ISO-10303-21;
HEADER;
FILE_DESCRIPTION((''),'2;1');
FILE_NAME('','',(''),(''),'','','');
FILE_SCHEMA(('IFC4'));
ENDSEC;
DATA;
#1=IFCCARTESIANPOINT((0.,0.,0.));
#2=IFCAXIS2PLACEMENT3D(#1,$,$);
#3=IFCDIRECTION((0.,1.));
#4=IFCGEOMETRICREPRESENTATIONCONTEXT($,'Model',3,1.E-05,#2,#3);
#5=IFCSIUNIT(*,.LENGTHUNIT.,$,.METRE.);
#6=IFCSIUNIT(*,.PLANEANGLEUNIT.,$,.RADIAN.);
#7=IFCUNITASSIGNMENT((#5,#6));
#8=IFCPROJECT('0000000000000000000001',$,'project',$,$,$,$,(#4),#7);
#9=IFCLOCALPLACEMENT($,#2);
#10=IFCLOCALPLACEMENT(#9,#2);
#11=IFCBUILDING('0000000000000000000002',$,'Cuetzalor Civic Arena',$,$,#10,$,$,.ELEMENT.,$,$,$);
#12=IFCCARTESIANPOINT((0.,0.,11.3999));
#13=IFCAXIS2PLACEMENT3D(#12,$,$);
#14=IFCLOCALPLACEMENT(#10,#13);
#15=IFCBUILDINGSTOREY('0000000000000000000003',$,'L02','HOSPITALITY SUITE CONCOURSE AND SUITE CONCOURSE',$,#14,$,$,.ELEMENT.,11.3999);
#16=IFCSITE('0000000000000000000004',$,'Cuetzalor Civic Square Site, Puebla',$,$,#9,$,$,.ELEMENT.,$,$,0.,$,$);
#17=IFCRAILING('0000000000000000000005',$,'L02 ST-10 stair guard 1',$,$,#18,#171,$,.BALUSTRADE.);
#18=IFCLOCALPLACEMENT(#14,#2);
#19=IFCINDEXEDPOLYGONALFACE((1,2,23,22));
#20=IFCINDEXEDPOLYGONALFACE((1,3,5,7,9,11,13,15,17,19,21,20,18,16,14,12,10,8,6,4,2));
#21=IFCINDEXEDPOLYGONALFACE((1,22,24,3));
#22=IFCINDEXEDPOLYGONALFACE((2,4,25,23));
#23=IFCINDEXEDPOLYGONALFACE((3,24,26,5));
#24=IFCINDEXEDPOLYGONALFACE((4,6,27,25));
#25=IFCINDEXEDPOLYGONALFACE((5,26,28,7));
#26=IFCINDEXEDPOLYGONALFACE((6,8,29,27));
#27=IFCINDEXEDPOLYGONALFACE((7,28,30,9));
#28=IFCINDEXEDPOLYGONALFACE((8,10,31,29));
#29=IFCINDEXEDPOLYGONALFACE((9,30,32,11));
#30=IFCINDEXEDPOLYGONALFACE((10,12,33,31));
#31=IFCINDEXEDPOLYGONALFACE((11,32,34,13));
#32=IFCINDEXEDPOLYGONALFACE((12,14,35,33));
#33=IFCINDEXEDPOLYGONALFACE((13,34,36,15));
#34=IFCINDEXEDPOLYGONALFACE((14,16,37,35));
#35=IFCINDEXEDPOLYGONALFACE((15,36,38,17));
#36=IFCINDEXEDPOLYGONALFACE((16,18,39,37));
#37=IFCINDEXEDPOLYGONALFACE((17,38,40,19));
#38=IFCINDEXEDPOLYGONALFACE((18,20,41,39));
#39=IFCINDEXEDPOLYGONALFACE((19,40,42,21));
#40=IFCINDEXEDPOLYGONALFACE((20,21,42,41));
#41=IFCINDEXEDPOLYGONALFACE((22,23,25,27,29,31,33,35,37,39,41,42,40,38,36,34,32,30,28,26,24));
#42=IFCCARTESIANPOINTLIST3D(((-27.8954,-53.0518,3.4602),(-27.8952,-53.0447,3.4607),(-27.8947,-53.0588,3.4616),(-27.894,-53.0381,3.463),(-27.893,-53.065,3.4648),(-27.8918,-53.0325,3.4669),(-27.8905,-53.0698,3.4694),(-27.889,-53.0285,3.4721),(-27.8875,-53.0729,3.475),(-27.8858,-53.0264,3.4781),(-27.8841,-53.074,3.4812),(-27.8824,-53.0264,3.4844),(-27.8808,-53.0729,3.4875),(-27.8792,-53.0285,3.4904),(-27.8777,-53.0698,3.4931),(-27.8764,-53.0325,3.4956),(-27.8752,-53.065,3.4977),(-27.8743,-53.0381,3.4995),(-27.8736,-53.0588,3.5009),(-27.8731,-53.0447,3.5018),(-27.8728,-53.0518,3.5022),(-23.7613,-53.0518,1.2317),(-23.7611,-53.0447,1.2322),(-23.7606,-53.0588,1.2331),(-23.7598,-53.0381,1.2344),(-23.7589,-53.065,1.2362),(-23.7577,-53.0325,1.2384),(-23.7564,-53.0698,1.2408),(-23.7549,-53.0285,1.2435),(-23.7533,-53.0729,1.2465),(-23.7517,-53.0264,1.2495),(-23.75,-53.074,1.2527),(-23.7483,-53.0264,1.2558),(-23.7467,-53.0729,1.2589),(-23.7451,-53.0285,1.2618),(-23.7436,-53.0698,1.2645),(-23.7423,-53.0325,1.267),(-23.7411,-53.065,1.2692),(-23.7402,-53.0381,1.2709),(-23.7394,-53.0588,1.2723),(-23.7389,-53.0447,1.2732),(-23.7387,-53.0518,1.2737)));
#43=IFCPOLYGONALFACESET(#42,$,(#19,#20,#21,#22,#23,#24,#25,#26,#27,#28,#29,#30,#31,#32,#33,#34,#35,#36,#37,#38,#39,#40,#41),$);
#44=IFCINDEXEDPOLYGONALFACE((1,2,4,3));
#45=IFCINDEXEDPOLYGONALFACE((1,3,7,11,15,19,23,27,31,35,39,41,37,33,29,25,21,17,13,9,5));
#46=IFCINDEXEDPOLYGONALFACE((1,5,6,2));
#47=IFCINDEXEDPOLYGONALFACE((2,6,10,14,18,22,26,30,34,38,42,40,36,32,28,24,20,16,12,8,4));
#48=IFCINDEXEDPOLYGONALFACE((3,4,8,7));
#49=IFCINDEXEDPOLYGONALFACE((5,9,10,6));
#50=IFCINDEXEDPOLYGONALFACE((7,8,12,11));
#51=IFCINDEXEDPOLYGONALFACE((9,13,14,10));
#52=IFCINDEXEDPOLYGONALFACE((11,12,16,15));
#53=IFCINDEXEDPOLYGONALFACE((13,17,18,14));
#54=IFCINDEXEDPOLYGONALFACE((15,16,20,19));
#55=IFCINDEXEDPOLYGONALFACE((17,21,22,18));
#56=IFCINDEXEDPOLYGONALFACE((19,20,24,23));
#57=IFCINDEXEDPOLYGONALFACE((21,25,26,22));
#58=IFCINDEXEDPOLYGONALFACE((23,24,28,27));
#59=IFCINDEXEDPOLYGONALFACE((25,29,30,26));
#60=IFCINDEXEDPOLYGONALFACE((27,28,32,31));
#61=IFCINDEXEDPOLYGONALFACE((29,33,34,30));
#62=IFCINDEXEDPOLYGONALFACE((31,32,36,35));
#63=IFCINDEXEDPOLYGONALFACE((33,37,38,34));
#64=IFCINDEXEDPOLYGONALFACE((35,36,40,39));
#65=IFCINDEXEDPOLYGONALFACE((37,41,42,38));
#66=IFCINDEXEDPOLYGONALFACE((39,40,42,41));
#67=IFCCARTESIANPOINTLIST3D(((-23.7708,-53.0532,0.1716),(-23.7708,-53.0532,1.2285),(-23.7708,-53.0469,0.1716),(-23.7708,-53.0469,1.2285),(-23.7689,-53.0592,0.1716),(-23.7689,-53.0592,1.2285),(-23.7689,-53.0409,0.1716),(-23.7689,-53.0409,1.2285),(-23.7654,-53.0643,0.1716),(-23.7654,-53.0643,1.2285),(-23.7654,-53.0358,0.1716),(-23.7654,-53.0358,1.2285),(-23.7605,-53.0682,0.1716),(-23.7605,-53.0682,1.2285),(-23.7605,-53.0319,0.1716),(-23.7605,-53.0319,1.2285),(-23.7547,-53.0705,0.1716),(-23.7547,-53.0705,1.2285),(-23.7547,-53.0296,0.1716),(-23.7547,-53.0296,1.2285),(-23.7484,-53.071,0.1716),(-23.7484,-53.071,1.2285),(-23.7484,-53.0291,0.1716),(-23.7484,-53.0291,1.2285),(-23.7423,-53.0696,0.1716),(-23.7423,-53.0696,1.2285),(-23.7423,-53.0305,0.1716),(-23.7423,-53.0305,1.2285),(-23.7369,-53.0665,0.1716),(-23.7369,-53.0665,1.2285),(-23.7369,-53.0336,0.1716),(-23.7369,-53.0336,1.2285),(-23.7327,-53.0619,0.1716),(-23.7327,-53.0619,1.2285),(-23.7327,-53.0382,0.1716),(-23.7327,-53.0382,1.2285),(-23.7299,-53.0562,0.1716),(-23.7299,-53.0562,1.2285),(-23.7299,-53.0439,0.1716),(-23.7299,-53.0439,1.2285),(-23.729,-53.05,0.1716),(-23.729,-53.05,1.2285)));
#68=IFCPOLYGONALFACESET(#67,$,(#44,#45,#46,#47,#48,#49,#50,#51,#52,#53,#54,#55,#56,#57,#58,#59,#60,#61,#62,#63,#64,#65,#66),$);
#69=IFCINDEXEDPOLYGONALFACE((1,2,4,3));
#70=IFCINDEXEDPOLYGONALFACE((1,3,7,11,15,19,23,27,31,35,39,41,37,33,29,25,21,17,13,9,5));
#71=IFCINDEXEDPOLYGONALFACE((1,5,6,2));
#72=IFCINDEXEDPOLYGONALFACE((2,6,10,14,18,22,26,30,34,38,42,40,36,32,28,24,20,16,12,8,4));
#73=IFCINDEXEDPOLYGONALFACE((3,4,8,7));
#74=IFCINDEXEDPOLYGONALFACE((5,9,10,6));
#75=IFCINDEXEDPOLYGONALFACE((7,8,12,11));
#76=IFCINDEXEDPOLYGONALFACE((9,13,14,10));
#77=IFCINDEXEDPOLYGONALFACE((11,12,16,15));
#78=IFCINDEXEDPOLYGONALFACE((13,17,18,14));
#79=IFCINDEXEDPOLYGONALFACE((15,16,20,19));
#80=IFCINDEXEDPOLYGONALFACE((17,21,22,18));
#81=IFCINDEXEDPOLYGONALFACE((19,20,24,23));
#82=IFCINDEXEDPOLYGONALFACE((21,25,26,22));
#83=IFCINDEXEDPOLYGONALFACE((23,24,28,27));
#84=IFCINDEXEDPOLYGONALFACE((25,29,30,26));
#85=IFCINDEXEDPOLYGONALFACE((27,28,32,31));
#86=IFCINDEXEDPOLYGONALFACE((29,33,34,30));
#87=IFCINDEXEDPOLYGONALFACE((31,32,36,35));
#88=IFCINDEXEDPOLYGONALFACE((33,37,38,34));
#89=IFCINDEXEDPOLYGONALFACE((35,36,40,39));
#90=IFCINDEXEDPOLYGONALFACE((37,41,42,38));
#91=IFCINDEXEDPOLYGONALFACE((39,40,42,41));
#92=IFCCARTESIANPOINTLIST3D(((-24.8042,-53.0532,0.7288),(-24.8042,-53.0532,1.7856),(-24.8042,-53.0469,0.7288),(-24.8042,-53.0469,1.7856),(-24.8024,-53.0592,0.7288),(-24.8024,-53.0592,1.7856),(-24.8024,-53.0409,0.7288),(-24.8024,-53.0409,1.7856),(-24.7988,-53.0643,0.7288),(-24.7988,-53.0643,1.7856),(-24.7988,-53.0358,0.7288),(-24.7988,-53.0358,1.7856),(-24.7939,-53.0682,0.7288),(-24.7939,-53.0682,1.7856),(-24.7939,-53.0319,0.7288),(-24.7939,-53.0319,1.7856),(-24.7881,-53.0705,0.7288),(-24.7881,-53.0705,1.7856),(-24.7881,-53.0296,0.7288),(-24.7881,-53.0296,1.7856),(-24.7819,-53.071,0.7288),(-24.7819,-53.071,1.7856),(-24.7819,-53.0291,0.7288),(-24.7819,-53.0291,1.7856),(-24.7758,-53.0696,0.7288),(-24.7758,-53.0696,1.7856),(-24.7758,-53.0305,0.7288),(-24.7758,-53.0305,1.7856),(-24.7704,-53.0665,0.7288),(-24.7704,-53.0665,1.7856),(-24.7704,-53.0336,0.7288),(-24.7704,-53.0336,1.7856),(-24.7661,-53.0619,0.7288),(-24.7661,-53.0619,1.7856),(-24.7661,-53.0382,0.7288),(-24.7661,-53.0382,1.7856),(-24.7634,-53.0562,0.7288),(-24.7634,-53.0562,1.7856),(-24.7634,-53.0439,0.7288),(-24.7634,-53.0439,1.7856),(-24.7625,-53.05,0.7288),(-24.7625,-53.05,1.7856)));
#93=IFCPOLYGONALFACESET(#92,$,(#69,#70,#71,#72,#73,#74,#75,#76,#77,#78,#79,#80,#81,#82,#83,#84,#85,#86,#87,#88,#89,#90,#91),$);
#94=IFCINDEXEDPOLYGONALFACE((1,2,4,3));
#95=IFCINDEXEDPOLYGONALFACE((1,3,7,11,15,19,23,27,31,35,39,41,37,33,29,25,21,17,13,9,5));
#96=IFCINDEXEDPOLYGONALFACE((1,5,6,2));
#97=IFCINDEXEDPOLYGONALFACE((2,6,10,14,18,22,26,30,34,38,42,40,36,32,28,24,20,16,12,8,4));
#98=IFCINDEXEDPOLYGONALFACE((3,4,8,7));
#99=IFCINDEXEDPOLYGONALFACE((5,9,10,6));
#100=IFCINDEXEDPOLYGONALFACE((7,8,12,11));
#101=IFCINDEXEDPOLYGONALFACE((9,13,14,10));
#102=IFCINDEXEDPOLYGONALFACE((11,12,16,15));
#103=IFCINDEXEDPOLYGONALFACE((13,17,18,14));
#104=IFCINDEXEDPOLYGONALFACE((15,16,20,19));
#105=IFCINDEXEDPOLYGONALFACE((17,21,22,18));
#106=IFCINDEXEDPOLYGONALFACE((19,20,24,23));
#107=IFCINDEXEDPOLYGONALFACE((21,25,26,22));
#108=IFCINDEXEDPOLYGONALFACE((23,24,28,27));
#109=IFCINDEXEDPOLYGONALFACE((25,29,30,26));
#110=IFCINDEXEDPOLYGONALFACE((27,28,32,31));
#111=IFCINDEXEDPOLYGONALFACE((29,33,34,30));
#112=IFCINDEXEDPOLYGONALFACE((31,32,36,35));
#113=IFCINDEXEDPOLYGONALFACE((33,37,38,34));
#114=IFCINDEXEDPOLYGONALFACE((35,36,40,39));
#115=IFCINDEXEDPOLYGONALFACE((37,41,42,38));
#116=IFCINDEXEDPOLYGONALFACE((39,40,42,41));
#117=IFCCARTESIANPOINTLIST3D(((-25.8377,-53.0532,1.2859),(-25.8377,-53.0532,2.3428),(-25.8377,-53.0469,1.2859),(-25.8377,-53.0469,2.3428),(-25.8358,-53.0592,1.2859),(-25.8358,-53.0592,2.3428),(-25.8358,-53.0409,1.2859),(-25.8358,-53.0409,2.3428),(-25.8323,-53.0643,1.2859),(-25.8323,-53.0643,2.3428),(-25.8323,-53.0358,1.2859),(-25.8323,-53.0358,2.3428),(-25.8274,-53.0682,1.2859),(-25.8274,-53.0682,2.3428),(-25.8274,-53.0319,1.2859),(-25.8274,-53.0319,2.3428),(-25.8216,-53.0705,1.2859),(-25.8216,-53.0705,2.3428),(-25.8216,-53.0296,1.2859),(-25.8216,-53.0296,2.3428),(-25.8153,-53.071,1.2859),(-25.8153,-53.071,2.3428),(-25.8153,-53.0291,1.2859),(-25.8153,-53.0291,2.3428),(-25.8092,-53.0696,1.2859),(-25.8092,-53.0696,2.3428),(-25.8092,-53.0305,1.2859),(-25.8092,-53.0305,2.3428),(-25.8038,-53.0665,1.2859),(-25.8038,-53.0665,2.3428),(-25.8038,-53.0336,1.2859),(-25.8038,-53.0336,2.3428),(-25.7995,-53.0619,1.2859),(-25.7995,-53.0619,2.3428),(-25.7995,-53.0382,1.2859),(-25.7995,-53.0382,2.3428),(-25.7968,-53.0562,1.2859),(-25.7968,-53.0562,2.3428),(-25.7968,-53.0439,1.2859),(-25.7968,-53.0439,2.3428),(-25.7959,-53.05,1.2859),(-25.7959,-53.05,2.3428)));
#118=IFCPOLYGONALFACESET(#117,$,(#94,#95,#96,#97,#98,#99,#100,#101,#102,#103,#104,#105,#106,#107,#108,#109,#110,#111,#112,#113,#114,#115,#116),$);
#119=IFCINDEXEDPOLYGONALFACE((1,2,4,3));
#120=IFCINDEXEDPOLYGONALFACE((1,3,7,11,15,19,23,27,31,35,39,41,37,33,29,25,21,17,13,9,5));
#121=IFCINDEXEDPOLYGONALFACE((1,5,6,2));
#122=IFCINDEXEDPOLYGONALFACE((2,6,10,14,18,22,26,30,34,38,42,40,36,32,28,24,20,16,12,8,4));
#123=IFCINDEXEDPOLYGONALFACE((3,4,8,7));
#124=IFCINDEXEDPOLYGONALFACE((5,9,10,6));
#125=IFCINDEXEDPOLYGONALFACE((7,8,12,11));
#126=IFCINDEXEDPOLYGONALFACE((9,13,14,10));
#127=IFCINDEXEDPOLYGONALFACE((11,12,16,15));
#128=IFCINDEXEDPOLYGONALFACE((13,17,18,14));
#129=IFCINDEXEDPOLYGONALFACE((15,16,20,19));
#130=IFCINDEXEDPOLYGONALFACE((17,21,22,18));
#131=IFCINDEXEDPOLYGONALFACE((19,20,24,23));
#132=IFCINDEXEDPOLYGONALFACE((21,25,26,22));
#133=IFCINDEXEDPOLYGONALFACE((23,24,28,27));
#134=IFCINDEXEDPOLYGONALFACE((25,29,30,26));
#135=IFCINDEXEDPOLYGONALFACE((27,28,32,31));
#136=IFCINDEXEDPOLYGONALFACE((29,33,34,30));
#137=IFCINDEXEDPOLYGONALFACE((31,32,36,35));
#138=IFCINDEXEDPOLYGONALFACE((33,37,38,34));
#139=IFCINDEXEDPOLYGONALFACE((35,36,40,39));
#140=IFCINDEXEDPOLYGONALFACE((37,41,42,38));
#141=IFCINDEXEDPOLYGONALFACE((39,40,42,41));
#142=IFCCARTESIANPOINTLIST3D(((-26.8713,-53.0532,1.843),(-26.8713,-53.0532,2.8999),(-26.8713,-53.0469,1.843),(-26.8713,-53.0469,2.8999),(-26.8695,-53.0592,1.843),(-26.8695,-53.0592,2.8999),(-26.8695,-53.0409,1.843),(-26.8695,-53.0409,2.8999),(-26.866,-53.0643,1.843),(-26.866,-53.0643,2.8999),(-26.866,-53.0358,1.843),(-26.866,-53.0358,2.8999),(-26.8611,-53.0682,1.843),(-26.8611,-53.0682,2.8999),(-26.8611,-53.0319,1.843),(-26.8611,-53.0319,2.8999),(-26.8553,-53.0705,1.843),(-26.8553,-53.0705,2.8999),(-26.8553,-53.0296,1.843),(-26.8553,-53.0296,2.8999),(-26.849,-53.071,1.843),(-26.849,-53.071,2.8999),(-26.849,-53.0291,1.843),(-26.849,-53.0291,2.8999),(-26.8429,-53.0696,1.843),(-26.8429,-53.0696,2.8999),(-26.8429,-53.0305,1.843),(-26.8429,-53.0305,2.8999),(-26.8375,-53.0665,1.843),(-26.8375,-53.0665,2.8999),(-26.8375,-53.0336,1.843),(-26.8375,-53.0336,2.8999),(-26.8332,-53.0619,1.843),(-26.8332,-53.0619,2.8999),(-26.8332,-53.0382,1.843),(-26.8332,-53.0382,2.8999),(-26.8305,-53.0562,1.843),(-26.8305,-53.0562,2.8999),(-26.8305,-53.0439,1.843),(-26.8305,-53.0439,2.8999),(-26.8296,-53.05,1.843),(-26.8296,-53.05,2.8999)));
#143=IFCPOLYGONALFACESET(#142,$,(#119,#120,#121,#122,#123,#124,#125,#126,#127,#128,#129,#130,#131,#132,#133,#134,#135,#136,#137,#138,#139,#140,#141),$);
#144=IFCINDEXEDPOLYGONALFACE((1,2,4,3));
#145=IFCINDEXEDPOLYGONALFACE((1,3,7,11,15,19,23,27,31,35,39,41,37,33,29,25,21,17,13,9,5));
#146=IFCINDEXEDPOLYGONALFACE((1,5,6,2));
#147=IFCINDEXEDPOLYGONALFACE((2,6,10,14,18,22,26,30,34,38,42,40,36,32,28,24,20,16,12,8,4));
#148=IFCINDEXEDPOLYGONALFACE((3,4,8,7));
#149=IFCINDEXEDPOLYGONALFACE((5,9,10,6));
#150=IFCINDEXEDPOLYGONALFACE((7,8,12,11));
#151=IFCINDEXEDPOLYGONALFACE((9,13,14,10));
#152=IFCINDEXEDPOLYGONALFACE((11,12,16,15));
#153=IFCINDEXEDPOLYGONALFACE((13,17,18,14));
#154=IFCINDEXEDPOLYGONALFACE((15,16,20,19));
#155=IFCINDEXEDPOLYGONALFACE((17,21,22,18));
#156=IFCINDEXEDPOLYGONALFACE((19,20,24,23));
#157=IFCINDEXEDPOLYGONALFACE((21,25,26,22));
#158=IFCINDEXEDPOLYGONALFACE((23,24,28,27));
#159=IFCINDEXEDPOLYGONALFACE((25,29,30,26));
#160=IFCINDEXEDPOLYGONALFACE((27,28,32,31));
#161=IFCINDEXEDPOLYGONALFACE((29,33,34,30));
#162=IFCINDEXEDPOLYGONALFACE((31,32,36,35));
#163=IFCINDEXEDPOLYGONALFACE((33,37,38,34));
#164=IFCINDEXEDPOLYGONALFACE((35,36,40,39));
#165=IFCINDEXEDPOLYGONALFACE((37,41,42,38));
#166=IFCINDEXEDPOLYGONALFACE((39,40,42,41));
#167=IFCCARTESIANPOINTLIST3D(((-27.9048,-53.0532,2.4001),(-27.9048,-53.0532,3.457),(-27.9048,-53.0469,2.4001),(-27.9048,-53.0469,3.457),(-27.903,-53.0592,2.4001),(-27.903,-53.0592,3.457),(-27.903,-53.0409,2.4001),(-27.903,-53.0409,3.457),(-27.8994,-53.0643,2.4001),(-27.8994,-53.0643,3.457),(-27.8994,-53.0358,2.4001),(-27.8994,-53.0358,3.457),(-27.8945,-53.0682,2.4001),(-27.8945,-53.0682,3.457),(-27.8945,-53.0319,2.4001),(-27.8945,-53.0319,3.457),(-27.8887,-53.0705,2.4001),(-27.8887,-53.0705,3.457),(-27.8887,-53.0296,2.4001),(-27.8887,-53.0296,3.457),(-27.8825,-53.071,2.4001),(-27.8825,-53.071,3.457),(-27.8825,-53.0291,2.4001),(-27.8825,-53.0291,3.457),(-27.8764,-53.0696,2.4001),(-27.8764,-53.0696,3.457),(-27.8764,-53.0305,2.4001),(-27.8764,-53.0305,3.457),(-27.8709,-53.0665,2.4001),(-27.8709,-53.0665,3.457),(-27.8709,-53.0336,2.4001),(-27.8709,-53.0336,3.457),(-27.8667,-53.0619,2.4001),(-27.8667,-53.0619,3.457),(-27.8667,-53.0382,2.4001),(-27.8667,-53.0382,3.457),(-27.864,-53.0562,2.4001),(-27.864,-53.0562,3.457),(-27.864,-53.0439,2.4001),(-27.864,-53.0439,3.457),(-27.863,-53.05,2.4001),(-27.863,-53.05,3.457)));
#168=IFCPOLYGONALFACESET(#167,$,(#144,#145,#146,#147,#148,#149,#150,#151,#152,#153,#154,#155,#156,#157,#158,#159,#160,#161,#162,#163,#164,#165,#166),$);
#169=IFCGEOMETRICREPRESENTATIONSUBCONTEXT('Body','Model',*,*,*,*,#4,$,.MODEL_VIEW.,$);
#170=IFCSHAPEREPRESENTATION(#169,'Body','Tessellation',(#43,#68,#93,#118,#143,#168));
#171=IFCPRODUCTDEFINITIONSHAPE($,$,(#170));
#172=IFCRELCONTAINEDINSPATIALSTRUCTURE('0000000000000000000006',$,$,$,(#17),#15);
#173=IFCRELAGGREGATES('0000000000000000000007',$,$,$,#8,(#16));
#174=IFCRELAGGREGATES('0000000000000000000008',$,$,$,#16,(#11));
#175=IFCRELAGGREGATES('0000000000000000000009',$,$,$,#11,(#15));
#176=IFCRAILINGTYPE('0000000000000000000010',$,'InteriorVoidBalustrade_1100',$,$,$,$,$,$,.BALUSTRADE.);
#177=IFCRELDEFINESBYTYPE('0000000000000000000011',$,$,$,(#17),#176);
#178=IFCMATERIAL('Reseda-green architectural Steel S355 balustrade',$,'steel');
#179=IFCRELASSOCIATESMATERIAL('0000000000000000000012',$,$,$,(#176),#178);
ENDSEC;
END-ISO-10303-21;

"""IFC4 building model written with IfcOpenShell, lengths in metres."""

from ifc_helpers import new_model, si_unit, direction, frame, origin, origin_2d, place, context, subcontext, project, spatial, circle, extrude, material, type_object, element, save


model = new_model("IFC4")

# Units and contexts
model_context = context("Model", 3, precision=1e-05, world=origin(), true_north=direction((0.0, 1.0)))
body_context = subcontext(model_context, "Body", "Model", "MODEL_VIEW")
ifc_project = project(units=[si_unit("LENGTHUNIT", "METRE"), si_unit("PLANEANGLEUNIT", "RADIAN")], contexts=[model_context])

# Site, building, storey
site_placement = place(None, origin())
site = spatial("IfcSite", under=ifc_project, at=site_placement, Name="Cuetzalor Civic Square Site, Puebla", CompositionType="ELEMENT", RefElevation=0.0)
building_placement = place(site_placement, origin())
building = spatial("IfcBuilding", under=site, at=building_placement, Name="Cuetzalor Civic Arena", CompositionType="ELEMENT")
storey_placement = place(building_placement, frame((0.0, 0.0, 11.3999)))
storey = spatial("IfcBuildingStorey", under=building, at=storey_placement, Name="L02", Description="HOSPITALITY SUITE CONCOURSE AND SUITE CONCOURSE", CompositionType="ELEMENT", Elevation=11.3999)

# Railing
ifc_material_1 = material(Name="Reseda-green architectural Steel S355 balustrade", Category="steel")
railing_type_1 = type_object("IfcRailingType", Name="InteriorVoidBalustrade_1100", PredefinedType="BALUSTRADE", material=ifc_material_1)
railing_1_placement = place(storey_placement, frame((-23.75, -53.05, 0.1716)))
element("IfcRailing", 1, at=railing_1_placement, inside=storey, type_object=railing_type_1, Name="L02 ST-10 stair guard 1", PredefinedType="BALUSTRADE", context=body_context, shape_type="SweptSolid", body=[
    extrude(circle(Radius=0.0239, at=origin_2d()), frame((0.0, 0.0, 1.0811), z_axis=(-0.880249, 0.0, 0.474512), x_axis=(0.0, -1.0, 0.0)), (0.0, 0.0, 1.0), 4.6965),
    extrude(circle(Radius=0.021, at=origin_2d()), origin(), (0.0, 0.0, 1.0), 1.0569),
    extrude(circle(Radius=0.021, at=origin_2d()), frame((-1.0334, 0.0, 0.5571)), (0.0, 0.0, 1.0), 1.0569),
    extrude(circle(Radius=0.021, at=origin_2d()), frame((-2.0669, 0.0, 1.1143)), (0.0, 0.0, 1.0), 1.0569),
    extrude(circle(Radius=0.021, at=origin_2d()), frame((-3.1006, 0.0, 1.6714)), (0.0, 0.0, 1.0), 1.0569),
    extrude(circle(Radius=0.021, at=origin_2d()), frame((-4.134, 0.0, 2.2285)), (0.0, 0.0, 1.0), 1.0569),
])

save(model, "model.ifc")
